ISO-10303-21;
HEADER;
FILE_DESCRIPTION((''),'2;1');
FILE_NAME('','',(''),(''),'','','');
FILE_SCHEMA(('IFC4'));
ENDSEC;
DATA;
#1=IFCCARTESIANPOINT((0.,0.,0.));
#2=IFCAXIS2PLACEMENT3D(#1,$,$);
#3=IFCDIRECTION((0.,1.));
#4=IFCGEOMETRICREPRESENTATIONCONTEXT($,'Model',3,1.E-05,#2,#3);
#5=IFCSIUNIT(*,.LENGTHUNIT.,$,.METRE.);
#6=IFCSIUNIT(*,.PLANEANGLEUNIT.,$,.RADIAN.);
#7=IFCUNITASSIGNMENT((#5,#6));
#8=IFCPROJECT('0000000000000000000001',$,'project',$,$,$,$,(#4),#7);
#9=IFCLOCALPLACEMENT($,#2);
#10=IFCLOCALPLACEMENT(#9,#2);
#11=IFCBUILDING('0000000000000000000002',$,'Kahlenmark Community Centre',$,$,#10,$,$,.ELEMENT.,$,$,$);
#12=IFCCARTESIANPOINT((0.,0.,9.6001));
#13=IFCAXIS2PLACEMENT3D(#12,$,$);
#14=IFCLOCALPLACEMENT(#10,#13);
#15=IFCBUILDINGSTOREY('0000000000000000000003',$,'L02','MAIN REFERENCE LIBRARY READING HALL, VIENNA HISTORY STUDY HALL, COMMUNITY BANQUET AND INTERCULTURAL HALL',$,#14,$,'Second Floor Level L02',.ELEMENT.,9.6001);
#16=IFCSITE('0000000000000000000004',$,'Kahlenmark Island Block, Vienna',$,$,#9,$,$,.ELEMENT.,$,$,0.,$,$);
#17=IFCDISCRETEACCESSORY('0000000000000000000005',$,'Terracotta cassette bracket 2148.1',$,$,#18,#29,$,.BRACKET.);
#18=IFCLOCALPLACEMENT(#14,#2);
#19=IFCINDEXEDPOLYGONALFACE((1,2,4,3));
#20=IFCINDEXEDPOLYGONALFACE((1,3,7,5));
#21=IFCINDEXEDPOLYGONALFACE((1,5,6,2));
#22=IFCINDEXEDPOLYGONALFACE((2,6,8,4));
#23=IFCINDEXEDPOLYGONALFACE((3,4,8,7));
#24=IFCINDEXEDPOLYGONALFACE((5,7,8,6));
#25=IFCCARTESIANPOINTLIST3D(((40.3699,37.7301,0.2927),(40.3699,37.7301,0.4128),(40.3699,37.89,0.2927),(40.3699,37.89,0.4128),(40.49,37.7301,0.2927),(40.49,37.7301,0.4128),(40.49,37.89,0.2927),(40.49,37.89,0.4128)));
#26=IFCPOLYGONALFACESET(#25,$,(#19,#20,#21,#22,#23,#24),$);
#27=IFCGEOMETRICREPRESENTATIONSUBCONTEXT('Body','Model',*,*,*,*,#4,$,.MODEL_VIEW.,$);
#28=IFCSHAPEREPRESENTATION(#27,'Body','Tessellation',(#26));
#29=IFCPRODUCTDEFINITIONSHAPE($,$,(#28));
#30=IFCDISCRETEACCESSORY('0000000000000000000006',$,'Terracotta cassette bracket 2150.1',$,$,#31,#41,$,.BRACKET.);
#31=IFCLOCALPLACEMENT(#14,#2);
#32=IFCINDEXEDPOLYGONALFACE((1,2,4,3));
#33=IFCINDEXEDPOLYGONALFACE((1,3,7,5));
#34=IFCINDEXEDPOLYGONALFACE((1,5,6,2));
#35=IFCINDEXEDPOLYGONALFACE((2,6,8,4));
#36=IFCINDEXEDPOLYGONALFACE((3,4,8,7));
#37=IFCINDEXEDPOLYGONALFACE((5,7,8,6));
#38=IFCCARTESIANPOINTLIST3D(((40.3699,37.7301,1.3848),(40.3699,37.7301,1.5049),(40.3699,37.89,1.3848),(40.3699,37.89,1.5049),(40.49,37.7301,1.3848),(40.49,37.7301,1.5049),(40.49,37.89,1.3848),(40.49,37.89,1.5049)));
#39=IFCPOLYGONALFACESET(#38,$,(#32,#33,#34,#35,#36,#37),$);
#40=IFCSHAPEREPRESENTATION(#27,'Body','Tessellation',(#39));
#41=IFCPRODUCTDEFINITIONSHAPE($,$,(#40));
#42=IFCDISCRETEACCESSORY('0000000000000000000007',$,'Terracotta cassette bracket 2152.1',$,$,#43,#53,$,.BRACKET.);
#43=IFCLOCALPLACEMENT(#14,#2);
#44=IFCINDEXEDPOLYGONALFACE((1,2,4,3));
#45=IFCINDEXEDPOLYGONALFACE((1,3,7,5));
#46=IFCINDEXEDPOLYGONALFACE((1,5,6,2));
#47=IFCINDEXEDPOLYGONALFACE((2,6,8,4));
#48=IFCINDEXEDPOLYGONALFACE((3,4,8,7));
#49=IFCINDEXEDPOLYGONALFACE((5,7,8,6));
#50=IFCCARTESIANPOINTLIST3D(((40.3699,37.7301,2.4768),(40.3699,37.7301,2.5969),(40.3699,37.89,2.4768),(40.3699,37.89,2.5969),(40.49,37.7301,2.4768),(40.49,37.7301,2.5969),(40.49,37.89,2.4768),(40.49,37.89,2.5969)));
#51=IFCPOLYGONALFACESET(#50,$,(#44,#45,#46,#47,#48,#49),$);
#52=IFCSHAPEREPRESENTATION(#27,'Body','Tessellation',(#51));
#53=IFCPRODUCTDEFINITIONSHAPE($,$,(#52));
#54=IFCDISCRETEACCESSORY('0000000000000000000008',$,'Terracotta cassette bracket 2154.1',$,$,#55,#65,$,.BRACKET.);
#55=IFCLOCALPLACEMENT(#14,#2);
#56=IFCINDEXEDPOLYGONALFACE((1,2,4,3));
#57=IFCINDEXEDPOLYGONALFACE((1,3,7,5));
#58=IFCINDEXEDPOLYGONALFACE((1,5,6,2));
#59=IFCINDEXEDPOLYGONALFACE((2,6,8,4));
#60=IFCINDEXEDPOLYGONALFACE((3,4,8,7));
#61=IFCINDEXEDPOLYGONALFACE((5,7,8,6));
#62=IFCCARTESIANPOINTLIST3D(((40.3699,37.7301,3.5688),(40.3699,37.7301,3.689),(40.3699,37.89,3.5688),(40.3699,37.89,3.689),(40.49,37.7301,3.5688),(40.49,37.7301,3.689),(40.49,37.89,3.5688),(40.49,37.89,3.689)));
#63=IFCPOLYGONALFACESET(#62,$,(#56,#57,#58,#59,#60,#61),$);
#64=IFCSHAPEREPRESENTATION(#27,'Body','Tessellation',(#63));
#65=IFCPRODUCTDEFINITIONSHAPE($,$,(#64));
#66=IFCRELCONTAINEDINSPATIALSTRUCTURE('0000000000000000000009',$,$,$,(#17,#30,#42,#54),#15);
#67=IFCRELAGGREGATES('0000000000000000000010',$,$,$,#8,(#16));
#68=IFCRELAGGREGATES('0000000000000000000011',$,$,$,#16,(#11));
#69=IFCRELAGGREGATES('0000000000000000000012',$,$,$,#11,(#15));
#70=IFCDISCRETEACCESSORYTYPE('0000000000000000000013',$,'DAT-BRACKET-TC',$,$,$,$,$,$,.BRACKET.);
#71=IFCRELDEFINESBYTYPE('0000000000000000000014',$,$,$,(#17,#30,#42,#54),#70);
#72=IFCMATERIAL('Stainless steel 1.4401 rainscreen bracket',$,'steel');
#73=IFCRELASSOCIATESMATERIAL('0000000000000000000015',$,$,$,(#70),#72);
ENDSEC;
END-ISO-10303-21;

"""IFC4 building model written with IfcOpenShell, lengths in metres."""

from ifc_helpers import new_model, si_unit, direction, frame, origin, origin_2d, place, context, subcontext, project, spatial, rectangle, extrude, material, type_object, element, save


model = new_model("IFC4")

# Units and contexts
model_context = context("Model", 3, precision=1e-05, world=origin(), true_north=direction((0.0, 1.0)))
body_context = subcontext(model_context, "Body", "Model", "MODEL_VIEW")
ifc_project = project(units=[si_unit("LENGTHUNIT", "METRE"), si_unit("PLANEANGLEUNIT", "RADIAN")], contexts=[model_context])

# Site, building, storey
site_placement = place(None, origin())
site = spatial("IfcSite", under=ifc_project, at=site_placement, Name="Kahlenmark Island Block, Vienna", CompositionType="ELEMENT", RefElevation=0.0)
building_placement = place(site_placement, origin())
building = spatial("IfcBuilding", under=site, at=building_placement, Name="Kahlenmark Community Centre", CompositionType="ELEMENT")
storey_placement = place(building_placement, frame((0.0, 0.0, 9.6001)))
storey = spatial("IfcBuildingStorey", under=building, at=storey_placement, Name="L02", Description="MAIN REFERENCE LIBRARY READING HALL, VIENNA HISTORY STUDY HALL, COMMUNITY BANQUET AND INTERCULTURAL HALL", LongName="Second Floor Level L02", CompositionType="ELEMENT", Elevation=9.6001)

# Discrete accessories
ifc_material_1 = material(Name="Stainless steel 1.4401 rainscreen bracket", Category="steel")
discrete_accessory_type = type_object("IfcDiscreteAccessoryType", Name="DAT-BRACKET-TC", PredefinedType="BRACKET", material=ifc_material_1)
for number, where, z_axis, x_axis, name in (
    (1, (40.4299, 37.8101, 0.2927), (0.0, 0.0, 1.0), (-1.0, 0.0, 0.0), "Terracotta cassette bracket 2148.1"),
    (2, (40.4299, 37.8101, 1.3848), (0.0, 0.0, 1.0), (-1.0, 0.0, 0.0), "Terracotta cassette bracket 2150.1"),
    (3, (40.4299, 37.8101, 2.4768), (0.0, 0.0, 1.0), (-1.0, 0.0, 0.0), "Terracotta cassette bracket 2152.1"),
    (4, (40.4299, 37.8101, 3.5688), (0.0, 0.0, 1.0), (-1.0, 0.0, 0.0), "Terracotta cassette bracket 2154.1"),
):
    element("IfcDiscreteAccessory", number, at=place(storey_placement, frame(where, z_axis=z_axis, x_axis=x_axis)), inside=storey, type_object=discrete_accessory_type, Name=name, PredefinedType="BRACKET", context=body_context, shape_type="SweptSolid", body=[
        extrude(rectangle(XDim=0.1201, YDim=0.1599, at=origin_2d()), origin(), (0.0, 0.0, 1.0), 0.1201),
    ])

save(model, "model.ifc")
